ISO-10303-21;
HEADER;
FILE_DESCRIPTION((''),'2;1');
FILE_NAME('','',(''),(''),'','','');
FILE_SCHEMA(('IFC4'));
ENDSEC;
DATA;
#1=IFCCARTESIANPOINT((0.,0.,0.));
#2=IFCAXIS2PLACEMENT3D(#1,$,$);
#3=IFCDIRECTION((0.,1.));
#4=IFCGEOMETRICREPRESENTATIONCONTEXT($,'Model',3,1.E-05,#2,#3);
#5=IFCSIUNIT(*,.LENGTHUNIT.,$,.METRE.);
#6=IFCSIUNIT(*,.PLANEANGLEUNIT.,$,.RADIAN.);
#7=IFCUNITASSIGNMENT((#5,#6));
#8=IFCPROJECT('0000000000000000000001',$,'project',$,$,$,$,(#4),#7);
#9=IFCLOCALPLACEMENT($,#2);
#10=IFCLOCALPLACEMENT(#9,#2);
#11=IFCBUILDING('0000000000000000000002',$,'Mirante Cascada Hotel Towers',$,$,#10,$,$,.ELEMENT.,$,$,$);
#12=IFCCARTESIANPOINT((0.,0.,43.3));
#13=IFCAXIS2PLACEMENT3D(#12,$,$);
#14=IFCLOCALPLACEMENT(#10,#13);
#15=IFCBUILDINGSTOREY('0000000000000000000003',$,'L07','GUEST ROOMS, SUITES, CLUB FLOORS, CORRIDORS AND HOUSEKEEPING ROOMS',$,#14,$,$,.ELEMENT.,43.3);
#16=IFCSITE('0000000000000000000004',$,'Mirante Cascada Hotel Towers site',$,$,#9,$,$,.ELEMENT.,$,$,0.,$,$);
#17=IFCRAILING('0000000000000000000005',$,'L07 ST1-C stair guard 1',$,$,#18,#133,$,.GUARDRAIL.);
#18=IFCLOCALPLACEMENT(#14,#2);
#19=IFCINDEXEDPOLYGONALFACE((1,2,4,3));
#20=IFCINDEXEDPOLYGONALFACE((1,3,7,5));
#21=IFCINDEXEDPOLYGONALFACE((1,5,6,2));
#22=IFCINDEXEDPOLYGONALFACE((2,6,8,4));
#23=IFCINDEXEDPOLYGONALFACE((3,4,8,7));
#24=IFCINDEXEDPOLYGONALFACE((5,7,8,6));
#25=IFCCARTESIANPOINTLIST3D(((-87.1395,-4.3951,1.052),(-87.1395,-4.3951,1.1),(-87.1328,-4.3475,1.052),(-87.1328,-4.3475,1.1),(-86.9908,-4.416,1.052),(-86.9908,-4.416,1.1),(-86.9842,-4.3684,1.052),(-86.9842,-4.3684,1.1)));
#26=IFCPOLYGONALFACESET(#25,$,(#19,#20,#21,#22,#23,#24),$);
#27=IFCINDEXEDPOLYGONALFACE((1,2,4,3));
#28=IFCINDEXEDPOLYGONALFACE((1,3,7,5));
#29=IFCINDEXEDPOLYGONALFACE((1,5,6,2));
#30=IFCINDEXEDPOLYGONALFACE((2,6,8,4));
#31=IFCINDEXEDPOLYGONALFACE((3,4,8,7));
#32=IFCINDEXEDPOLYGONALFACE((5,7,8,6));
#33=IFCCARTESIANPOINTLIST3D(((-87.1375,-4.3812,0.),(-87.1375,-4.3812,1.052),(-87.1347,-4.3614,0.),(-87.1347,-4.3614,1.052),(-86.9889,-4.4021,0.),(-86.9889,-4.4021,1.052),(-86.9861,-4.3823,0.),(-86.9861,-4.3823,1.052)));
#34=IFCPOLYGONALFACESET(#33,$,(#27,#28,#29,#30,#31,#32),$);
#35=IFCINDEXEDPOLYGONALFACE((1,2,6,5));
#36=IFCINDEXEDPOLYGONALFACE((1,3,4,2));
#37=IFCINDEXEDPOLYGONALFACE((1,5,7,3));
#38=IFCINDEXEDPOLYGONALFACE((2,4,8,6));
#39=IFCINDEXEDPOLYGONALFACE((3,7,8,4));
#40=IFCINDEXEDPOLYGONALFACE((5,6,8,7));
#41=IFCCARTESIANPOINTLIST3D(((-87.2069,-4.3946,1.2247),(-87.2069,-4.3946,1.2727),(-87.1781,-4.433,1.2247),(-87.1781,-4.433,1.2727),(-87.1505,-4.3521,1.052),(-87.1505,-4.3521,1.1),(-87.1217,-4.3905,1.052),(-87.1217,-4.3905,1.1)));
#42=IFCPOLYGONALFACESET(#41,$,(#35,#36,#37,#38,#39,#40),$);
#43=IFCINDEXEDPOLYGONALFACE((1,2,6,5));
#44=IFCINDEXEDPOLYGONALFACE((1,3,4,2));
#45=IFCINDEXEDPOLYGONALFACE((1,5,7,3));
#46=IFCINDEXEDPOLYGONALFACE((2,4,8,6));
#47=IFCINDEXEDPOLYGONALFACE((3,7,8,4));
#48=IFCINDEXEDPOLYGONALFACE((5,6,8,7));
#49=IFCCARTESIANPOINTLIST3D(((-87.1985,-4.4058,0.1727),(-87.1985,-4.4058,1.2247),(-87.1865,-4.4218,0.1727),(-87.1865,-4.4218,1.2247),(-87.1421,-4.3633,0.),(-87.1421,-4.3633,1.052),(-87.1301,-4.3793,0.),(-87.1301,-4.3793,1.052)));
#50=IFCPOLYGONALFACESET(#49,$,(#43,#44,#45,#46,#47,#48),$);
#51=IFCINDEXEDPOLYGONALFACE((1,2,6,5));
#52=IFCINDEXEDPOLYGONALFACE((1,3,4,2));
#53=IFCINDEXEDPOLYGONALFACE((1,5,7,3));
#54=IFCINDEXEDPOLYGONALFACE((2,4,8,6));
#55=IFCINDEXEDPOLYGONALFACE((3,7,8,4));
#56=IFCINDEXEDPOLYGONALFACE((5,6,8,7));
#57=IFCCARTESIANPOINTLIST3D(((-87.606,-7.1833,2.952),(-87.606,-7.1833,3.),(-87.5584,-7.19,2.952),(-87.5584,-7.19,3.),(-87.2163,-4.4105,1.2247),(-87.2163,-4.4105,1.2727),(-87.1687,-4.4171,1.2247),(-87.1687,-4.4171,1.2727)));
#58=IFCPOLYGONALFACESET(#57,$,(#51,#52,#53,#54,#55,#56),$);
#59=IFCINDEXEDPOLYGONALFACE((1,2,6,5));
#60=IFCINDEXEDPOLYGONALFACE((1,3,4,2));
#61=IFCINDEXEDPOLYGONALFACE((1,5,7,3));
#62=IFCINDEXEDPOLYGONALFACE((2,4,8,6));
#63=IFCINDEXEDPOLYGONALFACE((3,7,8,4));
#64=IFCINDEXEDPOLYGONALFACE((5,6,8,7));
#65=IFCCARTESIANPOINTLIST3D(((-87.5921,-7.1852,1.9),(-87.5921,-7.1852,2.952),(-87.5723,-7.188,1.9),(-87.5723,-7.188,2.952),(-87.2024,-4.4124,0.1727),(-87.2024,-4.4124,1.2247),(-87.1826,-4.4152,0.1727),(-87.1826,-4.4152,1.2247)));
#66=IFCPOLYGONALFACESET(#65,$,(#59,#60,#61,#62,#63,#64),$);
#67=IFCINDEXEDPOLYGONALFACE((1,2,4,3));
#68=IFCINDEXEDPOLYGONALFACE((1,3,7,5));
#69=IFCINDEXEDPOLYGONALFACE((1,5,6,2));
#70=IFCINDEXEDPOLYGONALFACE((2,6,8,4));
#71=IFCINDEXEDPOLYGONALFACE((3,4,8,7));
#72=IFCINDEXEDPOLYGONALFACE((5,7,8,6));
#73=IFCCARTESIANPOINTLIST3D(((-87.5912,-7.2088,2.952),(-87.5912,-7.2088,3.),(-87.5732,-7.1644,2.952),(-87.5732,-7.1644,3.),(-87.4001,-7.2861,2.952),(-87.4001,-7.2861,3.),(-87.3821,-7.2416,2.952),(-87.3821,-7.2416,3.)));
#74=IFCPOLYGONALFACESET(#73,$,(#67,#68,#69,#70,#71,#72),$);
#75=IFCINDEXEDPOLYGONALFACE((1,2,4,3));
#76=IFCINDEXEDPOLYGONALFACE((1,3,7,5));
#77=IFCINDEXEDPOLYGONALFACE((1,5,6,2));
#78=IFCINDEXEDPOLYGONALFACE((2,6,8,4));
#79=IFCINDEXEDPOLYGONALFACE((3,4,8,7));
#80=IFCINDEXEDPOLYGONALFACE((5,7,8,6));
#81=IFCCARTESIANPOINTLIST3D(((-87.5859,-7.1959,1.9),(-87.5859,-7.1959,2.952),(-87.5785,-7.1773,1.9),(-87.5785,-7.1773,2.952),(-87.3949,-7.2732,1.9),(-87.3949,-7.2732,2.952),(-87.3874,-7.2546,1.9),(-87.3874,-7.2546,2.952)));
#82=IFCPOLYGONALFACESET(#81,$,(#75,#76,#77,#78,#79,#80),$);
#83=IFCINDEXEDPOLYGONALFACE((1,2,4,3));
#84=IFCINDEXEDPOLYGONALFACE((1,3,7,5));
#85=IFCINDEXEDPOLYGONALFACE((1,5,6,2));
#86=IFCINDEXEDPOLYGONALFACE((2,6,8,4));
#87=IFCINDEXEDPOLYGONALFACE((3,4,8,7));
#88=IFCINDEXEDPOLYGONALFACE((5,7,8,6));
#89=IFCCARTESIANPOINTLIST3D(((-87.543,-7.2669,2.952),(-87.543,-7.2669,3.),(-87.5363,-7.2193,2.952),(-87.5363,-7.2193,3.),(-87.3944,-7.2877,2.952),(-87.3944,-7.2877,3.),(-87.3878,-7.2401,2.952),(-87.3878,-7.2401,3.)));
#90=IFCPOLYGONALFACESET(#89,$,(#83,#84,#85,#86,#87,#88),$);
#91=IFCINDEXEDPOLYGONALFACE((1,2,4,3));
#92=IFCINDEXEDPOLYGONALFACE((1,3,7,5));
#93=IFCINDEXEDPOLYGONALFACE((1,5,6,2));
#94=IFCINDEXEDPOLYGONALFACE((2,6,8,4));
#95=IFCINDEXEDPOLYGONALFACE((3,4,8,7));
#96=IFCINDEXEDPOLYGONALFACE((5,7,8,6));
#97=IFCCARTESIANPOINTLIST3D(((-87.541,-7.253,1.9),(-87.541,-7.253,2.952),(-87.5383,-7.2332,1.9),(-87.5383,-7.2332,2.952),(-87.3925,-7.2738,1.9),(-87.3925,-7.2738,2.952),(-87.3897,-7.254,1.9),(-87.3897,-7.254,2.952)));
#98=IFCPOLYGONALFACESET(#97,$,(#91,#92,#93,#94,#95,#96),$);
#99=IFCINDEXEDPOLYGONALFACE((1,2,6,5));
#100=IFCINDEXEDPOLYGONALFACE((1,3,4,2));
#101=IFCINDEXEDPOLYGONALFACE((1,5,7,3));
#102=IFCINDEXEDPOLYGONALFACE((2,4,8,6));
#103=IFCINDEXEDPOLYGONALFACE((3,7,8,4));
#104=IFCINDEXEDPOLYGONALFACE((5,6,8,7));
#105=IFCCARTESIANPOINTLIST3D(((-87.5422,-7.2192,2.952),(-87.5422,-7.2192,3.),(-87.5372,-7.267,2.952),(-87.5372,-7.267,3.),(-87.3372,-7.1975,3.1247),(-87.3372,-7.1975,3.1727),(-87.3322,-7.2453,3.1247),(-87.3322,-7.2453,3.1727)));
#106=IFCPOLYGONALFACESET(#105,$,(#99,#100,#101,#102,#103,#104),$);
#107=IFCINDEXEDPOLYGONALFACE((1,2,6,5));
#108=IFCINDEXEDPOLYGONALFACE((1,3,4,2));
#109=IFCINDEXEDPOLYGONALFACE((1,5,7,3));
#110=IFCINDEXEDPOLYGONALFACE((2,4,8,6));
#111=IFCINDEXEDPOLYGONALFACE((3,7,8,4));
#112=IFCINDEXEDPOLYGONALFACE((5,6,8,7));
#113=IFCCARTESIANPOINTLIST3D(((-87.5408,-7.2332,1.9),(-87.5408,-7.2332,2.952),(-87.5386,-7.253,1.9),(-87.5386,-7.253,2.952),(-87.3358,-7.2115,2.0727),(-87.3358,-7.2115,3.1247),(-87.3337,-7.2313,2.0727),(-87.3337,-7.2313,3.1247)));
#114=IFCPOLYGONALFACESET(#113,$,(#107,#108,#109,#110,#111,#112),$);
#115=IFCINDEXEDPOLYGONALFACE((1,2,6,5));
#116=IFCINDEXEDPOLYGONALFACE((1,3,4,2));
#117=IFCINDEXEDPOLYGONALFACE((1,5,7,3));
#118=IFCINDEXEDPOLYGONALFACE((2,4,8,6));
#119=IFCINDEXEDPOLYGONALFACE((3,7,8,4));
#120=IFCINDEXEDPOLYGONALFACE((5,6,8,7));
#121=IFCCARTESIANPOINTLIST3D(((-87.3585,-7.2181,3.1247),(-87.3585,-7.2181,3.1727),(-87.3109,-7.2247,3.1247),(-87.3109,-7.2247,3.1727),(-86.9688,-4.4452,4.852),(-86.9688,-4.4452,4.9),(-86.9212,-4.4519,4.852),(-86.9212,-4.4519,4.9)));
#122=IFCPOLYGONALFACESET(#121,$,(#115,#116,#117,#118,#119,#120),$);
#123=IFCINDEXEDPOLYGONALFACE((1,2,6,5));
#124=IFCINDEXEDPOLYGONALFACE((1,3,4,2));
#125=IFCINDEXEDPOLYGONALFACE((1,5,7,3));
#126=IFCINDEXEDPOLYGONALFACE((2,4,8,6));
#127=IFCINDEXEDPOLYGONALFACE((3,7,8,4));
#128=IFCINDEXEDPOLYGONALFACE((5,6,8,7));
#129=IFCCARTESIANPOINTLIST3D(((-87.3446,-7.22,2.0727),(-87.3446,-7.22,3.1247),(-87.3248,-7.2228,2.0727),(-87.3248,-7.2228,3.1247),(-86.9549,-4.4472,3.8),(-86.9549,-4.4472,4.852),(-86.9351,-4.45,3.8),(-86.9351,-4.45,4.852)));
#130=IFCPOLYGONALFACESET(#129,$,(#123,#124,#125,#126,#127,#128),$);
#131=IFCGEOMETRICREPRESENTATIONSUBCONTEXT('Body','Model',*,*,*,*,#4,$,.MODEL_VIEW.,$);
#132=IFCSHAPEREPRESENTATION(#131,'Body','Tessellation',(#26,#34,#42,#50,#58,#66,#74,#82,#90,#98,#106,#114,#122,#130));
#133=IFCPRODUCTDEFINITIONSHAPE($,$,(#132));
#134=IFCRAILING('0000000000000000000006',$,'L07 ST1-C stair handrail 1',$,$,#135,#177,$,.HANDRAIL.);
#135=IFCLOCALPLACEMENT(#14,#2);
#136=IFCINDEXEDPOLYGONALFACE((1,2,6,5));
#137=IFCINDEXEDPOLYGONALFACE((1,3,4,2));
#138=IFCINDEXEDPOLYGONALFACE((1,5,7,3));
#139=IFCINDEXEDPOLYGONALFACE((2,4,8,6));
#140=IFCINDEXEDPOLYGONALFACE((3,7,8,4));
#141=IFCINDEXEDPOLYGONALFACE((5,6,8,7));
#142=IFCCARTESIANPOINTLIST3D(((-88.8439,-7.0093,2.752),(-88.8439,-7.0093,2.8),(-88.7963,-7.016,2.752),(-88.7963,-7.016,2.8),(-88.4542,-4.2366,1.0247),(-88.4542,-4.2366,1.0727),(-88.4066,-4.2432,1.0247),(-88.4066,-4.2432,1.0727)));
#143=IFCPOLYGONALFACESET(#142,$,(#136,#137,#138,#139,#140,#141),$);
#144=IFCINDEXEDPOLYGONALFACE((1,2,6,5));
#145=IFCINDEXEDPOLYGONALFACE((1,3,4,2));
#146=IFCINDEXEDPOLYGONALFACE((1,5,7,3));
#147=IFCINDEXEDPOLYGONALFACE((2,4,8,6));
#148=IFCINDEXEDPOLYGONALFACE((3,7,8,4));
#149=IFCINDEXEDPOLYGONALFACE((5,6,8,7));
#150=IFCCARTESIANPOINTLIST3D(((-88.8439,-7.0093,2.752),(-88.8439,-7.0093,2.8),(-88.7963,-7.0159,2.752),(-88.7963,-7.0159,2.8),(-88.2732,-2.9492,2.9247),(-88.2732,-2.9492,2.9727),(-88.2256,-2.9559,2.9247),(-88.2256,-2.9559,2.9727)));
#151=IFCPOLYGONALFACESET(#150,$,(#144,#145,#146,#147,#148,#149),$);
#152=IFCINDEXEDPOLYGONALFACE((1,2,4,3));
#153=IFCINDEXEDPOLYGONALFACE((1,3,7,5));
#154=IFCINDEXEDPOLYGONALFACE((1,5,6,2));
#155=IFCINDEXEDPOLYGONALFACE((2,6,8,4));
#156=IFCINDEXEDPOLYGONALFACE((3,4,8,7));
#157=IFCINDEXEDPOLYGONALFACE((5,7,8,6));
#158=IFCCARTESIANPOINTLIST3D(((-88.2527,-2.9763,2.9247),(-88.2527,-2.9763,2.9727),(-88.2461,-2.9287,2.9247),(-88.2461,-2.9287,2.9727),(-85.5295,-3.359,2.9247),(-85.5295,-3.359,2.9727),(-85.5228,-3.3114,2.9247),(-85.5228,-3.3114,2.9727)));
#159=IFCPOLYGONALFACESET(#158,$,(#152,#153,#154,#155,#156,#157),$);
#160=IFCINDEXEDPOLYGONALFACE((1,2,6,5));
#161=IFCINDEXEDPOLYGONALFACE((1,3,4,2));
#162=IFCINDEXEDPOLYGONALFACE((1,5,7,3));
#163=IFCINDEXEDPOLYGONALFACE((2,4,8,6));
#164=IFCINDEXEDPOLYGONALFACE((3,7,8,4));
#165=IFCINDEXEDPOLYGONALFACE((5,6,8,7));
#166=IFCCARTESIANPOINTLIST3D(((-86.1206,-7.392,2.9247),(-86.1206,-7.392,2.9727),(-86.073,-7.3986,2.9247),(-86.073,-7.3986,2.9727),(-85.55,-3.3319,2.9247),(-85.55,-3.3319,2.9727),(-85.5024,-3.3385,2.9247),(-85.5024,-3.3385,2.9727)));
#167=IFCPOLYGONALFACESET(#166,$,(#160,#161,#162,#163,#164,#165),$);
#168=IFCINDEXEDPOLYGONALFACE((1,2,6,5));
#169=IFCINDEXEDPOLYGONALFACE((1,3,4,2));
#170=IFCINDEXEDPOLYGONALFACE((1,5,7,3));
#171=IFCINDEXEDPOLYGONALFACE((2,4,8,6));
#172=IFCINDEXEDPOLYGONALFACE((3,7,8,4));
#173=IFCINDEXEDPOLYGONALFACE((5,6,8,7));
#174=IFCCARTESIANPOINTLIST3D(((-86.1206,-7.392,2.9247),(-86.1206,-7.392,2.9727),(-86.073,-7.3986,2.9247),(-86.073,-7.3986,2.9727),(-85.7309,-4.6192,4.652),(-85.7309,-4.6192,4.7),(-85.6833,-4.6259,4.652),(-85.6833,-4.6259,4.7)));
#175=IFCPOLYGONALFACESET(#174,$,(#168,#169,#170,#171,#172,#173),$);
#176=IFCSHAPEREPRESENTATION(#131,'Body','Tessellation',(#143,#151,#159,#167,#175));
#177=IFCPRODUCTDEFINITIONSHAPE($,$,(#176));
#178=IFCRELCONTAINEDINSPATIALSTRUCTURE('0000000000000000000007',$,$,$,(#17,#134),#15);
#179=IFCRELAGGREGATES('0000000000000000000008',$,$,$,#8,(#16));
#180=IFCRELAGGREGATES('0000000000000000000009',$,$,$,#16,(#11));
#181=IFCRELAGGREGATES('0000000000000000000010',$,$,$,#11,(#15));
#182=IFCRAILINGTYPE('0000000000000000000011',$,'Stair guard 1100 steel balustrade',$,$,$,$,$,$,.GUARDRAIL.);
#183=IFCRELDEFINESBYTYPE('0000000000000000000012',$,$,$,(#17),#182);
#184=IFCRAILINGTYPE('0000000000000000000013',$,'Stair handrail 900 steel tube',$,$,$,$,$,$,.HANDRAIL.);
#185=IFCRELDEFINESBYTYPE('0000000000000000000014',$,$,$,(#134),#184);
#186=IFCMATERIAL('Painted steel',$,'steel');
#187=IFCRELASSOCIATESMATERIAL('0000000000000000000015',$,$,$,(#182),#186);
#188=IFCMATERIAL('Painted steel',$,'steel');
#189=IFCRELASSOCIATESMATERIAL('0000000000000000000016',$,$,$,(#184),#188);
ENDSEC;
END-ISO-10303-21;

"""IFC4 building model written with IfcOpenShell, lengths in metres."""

from ifc_helpers import new_model, si_unit, direction, frame, origin, origin_2d, place, context, subcontext, project, spatial, rectangle, extrude, material, type_object, element, save


model = new_model("IFC4")

# Units and contexts
model_context = context("Model", 3, precision=1e-05, world=origin(), true_north=direction((0.0, 1.0)))
body_context = subcontext(model_context, "Body", "Model", "MODEL_VIEW")
ifc_project = project(units=[si_unit("LENGTHUNIT", "METRE"), si_unit("PLANEANGLEUNIT", "RADIAN")], contexts=[model_context])

# Site, building, storey
site_placement = place(None, origin())
site = spatial("IfcSite", under=ifc_project, at=site_placement, Name="Mirante Cascada Hotel Towers site", CompositionType="ELEMENT", RefElevation=0.0)
building_placement = place(site_placement, origin())
building = spatial("IfcBuilding", under=site, at=building_placement, Name="Mirante Cascada Hotel Towers", CompositionType="ELEMENT")
storey_placement = place(building_placement, frame((0.0, 0.0, 43.3)))
storey = spatial("IfcBuildingStorey", under=building, at=storey_placement, Name="L07", Description="GUEST ROOMS, SUITES, CLUB FLOORS, CORRIDORS AND HOUSEKEEPING ROOMS", CompositionType="ELEMENT", Elevation=43.3)

# Railings
ifc_material_1 = material(Name="Painted steel", Category="steel")
railing_type_1 = type_object("IfcRailingType", Name="Stair guard 1100 steel balustrade", PredefinedType="GUARDRAIL", material=ifc_material_1)
railing_1_placement = place(storey_placement, frame((-86.9875, -4.3922, 0.0)))
element("IfcRailing", 1, at=railing_1_placement, inside=storey, type_object=railing_type_1, Name="L07 ST1-C stair guard 1", PredefinedType="GUARDRAIL", context=body_context, shape_type="SweptSolid", body=[
    extrude(rectangle(XDim=0.048, YDim=0.048, at=origin_2d()), frame((0.0, 0.0, 1.076), z_axis=(-0.990254, 0.139275, 0.0), x_axis=(-0.139275, -0.990254, 0.0)), (0.0, 0.0, 1.0), 0.1501),
    extrude(rectangle(XDim=0.02, YDim=1.052, at=origin_2d()), frame((0.0, 0.0, 0.526), z_axis=(-0.990254, 0.139275, 0.0), x_axis=(-0.139275, -0.990254, 0.0)), (0.0, 0.0, 1.0), 0.1501),
    extrude(rectangle(XDim=0.048, YDim=0.048, at=origin_2d()), frame((-0.1486, 0.0209, 1.076), z_axis=(-0.798639, -0.601811, 0.0), x_axis=(0.601811, -0.798639, 0.0)), (0.0, 0.925603, 0.378496), 0.1866),
    extrude(rectangle(XDim=0.02, YDim=1.052, at=origin_2d()), frame((-0.1486, 0.0209, 0.526), z_axis=(-0.798639, -0.601811, 0.0), x_axis=(0.601811, -0.798639, 0.0)), (0.0, 0.925603, 0.378496), 0.1866),
    extrude(rectangle(XDim=0.048, YDim=0.048, at=origin_2d()), frame((-0.205, -0.0216, 1.2487), z_axis=(-0.139176, -0.990268, 0.0), x_axis=(0.990268, -0.139176, 0.0)), (0.0, 0.525021, 0.851089), 3.29),
    extrude(rectangle(XDim=0.02, YDim=1.052, at=origin_2d()), frame((-0.205, -0.0216, 0.6987), z_axis=(-0.139176, -0.990268, 0.0), x_axis=(0.990268, -0.139176, 0.0)), (0.0, 0.525021, 0.851089), 3.29),
    extrude(rectangle(XDim=0.048, YDim=0.048, at=origin_2d()), frame((-0.5947, -2.7944, 2.976), z_axis=(0.927031, -0.374984, 0.0), x_axis=(0.374984, 0.927031, 0.0)), (0.0, 0.0, 1.0), 0.2061),
    extrude(rectangle(XDim=0.02, YDim=1.052, at=origin_2d()), frame((-0.5947, -2.7944, 2.426), z_axis=(0.927031, -0.374984, 0.0), x_axis=(0.374984, 0.927031, 0.0)), (0.0, 0.0, 1.0), 0.2061),
    extrude(rectangle(XDim=0.048, YDim=0.048, at=origin_2d()), frame((-0.4036, -2.8717, 2.976), z_axis=(-0.990345, 0.138622, 0.0), x_axis=(-0.138622, -0.990345, 0.0)), (0.0, 0.0, 1.0), 0.15),
    extrude(rectangle(XDim=0.02, YDim=1.052, at=origin_2d()), frame((-0.4036, -2.8717, 2.426), z_axis=(-0.990345, 0.138622, 0.0), x_axis=(-0.138622, -0.990345, 0.0)), (0.0, 0.0, 1.0), 0.15),
    extrude(rectangle(XDim=0.048, YDim=0.048, at=origin_2d()), frame((-0.5522, -2.8509, 2.976), z_axis=(0.994444, 0.105266, 0.0), x_axis=(-0.105266, 0.994444, 0.0)), (0.0, 0.642184, 0.76655), 0.2689),
    extrude(rectangle(XDim=0.02, YDim=1.052, at=origin_2d()), frame((-0.5522, -2.8509, 2.426), z_axis=(0.994444, 0.105266, 0.0), x_axis=(-0.105266, 0.994444, 0.0)), (0.0, 0.642184, 0.76655), 0.2689),
    extrude(rectangle(XDim=0.048, YDim=0.048, at=origin_2d()), frame((-0.3472, -2.8292, 3.1487), z_axis=(0.139176, 0.990268, 0.0), x_axis=(-0.990268, 0.139176, 0.0)), (0.0, 0.525021, 0.851089), 3.29),
    extrude(rectangle(XDim=0.02, YDim=1.052, at=origin_2d()), frame((-0.3472, -2.8292, 2.5987), z_axis=(0.139176, 0.990268, 0.0), x_axis=(-0.990268, 0.139176, 0.0)), (0.0, 0.525021, 0.851089), 3.29),
])
ifc_material_2 = material(Name="Painted steel", Category="steel")
railing_type_2 = type_object("IfcRailingType", Name="Stair handrail 900 steel tube", PredefinedType="HANDRAIL", material=ifc_material_2)
railing_2_placement = place(storey_placement, frame((-88.4304, -4.2399, 0.1727)))
element("IfcRailing", 2, at=railing_2_placement, inside=storey, type_object=railing_type_2, Name="L07 ST1-C stair handrail 1", PredefinedType="HANDRAIL", context=body_context, shape_type="SweptSolid", body=[
    extrude(rectangle(XDim=0.048, YDim=0.048, at=origin_2d()), frame((0.0, 0.0, 0.876), z_axis=(-0.139181, -0.990267, 0.0), x_axis=(0.990267, -0.139181, 0.0)), (0.0, 0.525035, 0.851081), 3.2899),
    extrude(rectangle(XDim=0.048, YDim=0.048, at=origin_2d()), frame((-0.3897, -2.7727, 2.6033), z_axis=(0.139195, 0.990265, 0.0), x_axis=(-0.990265, 0.139195, 0.0)), (0.0, 0.042084, 0.999114), 4.1036),
    extrude(rectangle(XDim=0.048, YDim=0.048, at=origin_2d()), frame((0.181, 1.2874, 2.776), z_axis=(0.990269, -0.139166, 0.0), x_axis=(0.139166, 0.990269, 0.0)), (0.0, 0.0, 1.0), 2.75),
    extrude(rectangle(XDim=0.048, YDim=0.048, at=origin_2d()), frame((2.9042, 0.9047, 2.776), z_axis=(-0.139171, -0.990268, 0.0), x_axis=(0.990268, -0.139171, 0.0)), (0.0, 0.0, 1.0), 4.1),
    extrude(rectangle(XDim=0.048, YDim=0.048, at=origin_2d()), frame((2.3336, -3.1554, 2.776), z_axis=(0.139181, 0.990267, 0.0), x_axis=(-0.990267, 0.139181, 0.0)), (0.0, 0.525035, 0.851081), 3.2899),
])

save(model, "model.ifc")
